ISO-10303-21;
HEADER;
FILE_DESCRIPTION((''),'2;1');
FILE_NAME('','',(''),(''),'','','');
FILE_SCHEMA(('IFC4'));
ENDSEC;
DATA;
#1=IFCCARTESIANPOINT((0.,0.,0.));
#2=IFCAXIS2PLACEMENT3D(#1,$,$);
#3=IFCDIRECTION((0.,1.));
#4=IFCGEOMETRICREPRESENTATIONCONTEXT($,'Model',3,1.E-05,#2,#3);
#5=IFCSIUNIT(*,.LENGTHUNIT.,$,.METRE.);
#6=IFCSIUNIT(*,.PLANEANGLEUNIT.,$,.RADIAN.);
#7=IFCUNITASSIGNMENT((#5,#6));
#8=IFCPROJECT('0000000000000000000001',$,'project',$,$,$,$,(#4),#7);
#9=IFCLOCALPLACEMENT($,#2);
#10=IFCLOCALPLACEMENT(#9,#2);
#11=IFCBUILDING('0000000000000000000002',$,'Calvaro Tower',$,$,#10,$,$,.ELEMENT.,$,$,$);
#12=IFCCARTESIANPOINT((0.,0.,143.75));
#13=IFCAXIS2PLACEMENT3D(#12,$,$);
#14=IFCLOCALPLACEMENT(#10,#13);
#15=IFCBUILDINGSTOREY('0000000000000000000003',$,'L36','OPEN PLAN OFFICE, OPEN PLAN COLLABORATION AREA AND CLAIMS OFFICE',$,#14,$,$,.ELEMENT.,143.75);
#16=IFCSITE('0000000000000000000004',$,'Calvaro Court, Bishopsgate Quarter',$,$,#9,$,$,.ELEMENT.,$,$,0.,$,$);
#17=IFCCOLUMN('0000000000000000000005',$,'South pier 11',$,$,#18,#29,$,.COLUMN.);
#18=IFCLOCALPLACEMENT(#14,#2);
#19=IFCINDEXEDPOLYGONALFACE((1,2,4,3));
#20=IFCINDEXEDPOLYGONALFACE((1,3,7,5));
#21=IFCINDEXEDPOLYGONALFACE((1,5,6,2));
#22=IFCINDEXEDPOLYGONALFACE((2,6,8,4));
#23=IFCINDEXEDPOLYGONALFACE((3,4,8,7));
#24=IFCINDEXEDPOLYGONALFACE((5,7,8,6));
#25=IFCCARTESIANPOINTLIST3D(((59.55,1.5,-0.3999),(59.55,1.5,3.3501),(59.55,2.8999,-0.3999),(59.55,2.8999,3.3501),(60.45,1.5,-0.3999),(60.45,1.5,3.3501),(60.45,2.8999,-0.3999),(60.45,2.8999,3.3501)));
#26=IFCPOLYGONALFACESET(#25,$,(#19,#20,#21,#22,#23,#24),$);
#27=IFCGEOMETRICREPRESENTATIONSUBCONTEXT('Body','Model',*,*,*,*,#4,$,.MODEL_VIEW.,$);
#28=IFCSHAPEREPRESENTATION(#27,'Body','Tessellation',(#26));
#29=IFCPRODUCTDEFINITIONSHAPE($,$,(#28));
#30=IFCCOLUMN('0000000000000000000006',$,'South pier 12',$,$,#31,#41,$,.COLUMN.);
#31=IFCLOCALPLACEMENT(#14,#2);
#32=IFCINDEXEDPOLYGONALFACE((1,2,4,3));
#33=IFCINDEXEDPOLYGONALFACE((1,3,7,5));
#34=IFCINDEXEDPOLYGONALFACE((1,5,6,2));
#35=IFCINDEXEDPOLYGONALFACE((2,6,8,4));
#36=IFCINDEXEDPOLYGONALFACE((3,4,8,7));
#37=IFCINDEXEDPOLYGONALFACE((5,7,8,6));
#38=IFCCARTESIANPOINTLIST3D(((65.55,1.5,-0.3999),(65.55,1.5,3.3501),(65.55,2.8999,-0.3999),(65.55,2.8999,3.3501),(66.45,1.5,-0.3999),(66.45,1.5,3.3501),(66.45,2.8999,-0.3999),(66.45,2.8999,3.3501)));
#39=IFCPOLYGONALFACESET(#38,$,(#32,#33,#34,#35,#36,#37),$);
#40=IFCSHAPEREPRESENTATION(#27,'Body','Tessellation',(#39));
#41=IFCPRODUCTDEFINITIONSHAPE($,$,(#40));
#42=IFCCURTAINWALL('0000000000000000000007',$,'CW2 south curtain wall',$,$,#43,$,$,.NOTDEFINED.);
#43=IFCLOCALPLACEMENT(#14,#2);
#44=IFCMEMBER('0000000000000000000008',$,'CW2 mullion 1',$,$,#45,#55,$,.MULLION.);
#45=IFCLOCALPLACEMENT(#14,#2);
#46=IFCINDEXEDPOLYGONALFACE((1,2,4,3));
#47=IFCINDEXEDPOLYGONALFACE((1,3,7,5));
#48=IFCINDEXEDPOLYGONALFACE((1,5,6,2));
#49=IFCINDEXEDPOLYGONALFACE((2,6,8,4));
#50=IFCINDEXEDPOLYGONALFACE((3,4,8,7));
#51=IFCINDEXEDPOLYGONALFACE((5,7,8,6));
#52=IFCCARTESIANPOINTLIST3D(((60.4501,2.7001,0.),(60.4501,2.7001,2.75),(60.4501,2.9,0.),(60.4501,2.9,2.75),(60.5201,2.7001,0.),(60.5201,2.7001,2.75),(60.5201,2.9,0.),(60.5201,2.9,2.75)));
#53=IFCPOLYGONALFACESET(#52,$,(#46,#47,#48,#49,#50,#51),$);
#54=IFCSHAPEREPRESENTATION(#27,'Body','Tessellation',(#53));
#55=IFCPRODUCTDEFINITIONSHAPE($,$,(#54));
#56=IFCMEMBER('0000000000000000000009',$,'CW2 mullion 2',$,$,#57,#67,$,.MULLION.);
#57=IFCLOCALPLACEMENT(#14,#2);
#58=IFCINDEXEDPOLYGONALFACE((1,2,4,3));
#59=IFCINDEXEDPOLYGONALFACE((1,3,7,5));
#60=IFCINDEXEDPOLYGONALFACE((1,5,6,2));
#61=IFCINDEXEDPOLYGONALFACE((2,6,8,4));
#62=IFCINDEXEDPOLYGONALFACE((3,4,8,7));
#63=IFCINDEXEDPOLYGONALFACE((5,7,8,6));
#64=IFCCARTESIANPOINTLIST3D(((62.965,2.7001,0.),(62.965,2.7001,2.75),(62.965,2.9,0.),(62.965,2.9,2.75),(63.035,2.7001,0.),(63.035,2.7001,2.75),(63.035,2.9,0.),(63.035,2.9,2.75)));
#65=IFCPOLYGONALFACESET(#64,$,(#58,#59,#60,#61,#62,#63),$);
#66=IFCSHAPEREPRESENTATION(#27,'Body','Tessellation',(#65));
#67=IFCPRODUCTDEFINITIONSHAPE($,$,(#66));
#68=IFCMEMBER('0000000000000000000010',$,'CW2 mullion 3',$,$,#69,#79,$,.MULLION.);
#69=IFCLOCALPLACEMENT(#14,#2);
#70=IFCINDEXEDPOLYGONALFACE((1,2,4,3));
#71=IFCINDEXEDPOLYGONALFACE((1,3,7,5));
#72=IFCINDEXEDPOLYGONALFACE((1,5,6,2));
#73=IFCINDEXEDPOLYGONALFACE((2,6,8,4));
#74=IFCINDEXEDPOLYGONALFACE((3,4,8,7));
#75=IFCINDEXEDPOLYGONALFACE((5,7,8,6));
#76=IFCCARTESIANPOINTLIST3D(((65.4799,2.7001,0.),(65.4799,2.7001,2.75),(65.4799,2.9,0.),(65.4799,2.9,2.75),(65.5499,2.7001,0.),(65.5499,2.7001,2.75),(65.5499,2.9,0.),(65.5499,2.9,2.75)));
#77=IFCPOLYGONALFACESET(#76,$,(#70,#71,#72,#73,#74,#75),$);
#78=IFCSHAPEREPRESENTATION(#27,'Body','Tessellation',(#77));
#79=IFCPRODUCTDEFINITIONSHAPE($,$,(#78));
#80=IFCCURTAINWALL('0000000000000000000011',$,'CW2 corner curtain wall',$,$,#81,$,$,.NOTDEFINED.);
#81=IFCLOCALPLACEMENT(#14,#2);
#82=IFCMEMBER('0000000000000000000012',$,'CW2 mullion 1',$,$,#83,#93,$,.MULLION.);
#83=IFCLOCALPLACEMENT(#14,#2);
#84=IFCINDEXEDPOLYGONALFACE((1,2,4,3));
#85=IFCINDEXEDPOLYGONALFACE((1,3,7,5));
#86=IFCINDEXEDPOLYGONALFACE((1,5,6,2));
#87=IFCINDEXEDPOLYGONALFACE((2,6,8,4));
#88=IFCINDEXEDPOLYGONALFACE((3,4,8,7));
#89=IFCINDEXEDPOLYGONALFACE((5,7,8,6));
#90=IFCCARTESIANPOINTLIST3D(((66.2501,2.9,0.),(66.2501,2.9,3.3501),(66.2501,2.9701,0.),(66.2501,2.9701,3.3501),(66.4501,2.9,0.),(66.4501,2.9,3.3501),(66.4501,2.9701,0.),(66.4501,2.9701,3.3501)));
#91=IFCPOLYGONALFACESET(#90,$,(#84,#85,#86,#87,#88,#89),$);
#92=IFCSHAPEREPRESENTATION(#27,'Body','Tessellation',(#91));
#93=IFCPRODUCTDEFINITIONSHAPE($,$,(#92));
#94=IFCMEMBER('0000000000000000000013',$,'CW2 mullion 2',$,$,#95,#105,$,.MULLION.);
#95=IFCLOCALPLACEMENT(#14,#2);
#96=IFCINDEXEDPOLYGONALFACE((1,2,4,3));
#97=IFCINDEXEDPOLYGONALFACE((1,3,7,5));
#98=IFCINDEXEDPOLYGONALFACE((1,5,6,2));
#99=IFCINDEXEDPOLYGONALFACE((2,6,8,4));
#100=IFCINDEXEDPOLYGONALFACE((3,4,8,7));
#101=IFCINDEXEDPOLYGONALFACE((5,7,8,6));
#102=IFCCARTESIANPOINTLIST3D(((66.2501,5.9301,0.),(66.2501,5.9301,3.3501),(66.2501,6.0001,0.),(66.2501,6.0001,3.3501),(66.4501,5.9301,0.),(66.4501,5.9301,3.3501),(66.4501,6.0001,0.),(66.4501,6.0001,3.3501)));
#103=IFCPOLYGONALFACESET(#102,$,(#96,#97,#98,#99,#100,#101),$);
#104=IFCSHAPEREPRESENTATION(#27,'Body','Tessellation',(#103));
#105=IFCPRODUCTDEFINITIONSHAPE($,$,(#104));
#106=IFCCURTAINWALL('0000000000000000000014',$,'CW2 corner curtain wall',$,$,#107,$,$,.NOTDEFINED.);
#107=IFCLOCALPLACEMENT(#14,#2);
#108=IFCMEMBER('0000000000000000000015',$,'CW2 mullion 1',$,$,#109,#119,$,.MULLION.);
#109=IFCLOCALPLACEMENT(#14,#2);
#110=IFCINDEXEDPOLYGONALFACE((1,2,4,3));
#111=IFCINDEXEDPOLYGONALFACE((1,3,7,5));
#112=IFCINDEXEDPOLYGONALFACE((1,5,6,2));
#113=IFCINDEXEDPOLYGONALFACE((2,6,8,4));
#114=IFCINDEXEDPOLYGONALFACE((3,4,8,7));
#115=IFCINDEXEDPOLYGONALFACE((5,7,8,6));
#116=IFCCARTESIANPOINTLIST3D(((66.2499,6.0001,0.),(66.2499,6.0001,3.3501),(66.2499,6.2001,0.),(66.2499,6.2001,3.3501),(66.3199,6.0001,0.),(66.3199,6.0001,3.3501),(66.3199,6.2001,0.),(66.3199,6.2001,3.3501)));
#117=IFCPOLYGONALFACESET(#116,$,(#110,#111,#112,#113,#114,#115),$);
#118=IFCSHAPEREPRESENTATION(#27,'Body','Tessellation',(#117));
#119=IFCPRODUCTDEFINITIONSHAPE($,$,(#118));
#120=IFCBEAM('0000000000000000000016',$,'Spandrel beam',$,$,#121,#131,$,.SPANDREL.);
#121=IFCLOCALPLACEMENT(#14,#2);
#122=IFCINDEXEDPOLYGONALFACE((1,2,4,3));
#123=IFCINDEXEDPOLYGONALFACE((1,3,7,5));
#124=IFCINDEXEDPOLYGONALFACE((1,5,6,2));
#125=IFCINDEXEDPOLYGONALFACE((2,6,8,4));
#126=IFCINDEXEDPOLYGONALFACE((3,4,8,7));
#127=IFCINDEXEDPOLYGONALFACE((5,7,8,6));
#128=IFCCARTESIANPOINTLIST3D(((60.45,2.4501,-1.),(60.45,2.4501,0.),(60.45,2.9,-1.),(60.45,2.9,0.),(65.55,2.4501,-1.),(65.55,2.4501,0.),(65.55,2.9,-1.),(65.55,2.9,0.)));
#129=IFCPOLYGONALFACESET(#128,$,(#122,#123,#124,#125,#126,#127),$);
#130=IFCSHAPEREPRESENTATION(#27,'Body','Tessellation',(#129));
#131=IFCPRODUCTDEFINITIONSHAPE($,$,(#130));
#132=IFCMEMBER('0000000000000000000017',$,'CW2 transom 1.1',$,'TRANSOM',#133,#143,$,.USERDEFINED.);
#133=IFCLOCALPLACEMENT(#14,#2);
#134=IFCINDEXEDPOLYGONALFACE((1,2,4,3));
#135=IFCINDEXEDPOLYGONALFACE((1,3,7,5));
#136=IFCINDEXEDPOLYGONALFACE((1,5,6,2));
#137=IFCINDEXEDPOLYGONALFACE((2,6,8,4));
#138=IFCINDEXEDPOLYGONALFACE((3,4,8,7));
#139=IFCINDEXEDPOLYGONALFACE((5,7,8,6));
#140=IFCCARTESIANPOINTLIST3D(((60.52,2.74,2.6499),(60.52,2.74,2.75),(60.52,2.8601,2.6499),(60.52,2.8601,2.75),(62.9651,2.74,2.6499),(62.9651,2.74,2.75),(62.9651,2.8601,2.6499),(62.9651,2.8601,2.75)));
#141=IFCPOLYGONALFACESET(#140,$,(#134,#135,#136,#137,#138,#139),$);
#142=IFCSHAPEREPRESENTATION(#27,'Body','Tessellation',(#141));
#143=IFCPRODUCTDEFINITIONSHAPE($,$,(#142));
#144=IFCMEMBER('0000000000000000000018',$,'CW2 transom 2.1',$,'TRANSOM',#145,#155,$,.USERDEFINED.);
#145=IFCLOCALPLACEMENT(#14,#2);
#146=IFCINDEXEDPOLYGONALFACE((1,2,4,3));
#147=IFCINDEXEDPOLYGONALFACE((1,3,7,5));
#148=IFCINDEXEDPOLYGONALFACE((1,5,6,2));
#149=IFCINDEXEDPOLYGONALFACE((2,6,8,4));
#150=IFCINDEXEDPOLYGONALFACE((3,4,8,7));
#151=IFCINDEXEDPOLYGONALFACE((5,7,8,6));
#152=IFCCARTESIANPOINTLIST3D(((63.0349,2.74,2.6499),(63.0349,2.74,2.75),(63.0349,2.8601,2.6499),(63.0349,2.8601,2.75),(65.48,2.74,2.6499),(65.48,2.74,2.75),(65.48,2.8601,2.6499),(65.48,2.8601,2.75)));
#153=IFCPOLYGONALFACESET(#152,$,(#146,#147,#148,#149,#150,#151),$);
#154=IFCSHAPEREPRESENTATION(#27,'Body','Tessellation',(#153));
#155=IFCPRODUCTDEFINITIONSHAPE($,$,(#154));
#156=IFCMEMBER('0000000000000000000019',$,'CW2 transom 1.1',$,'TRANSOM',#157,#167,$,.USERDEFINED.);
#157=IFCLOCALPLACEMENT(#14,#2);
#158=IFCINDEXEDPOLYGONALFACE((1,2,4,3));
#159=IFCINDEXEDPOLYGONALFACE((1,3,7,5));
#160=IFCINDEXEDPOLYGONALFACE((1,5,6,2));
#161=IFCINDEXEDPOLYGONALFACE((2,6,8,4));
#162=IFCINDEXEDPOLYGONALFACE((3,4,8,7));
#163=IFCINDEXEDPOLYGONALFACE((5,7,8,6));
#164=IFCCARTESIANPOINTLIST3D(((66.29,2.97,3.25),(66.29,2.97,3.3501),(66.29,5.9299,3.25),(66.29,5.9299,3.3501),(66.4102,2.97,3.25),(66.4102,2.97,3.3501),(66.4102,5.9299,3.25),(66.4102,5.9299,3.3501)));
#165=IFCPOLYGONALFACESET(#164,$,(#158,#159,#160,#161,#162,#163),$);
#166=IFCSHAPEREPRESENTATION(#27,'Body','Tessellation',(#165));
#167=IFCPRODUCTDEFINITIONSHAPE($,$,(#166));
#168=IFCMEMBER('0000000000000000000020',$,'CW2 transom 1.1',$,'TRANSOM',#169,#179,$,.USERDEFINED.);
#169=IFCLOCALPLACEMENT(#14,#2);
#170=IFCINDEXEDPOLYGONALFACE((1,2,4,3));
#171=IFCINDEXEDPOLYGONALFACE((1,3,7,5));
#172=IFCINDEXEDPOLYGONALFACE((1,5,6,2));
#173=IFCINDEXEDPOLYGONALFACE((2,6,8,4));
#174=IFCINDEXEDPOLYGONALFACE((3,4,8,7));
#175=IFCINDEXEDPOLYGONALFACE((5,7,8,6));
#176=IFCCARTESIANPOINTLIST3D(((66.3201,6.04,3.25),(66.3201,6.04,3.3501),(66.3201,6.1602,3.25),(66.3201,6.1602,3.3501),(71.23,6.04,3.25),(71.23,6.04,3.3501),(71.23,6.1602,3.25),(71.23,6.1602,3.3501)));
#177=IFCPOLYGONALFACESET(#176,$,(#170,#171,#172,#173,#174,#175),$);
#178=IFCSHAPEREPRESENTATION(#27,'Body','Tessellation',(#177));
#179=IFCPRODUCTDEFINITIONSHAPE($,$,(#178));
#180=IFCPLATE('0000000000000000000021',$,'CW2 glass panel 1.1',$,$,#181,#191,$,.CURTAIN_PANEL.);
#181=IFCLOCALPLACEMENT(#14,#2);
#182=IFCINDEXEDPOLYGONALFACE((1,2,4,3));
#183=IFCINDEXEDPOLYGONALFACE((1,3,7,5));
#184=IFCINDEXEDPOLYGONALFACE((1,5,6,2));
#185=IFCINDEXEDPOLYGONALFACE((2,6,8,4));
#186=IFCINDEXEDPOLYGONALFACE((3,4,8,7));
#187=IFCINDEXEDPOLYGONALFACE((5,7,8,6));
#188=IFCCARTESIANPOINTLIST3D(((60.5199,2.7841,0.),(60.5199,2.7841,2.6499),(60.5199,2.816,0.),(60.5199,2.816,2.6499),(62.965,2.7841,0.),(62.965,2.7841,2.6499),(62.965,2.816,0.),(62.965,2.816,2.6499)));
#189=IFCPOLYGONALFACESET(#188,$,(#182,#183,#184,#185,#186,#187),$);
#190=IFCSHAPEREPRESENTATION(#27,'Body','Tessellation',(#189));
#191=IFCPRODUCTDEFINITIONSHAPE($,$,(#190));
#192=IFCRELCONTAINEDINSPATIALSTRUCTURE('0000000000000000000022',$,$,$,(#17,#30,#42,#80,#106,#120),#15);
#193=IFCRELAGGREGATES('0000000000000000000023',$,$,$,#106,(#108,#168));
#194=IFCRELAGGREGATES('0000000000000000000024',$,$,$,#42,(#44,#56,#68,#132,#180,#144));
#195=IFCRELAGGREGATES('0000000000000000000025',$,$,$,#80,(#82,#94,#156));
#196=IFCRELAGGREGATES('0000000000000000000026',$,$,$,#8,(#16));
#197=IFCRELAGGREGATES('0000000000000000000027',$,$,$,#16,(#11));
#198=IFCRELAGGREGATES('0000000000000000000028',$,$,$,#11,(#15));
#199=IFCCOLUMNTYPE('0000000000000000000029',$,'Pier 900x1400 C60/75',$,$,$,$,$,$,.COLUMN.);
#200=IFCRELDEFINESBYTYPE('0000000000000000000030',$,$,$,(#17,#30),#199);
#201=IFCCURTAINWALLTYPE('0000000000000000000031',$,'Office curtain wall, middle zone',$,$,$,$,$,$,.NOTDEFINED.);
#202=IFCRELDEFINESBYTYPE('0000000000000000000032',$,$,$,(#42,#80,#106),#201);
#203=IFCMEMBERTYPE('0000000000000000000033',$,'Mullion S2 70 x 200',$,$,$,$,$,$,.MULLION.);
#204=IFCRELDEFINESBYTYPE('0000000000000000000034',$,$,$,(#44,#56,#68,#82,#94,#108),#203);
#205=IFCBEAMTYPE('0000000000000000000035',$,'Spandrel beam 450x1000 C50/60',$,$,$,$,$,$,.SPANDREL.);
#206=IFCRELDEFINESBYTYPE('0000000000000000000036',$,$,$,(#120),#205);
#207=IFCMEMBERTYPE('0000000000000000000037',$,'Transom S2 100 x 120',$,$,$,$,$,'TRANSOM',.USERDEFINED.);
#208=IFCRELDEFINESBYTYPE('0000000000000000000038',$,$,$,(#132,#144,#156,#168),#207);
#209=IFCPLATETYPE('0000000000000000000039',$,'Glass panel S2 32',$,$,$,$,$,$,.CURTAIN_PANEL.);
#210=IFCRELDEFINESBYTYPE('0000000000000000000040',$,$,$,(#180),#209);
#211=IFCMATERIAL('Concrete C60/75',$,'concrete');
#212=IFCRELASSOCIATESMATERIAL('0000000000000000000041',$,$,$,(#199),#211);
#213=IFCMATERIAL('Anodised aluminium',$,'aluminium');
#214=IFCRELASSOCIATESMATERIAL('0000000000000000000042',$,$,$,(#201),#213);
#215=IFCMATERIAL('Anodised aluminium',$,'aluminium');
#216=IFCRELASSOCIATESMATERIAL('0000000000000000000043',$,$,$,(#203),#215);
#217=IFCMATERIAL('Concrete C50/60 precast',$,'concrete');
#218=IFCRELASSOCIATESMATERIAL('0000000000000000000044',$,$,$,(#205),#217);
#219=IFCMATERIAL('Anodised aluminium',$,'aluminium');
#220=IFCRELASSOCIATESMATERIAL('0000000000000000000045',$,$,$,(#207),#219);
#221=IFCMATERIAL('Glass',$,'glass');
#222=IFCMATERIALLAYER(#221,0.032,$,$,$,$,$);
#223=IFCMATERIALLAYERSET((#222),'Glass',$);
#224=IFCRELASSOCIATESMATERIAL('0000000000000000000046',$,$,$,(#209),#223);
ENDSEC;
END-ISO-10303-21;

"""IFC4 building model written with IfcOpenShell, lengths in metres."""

from ifc_helpers import new_model, si_unit, direction, frame, origin, origin_2d, place, context, subcontext, project, spatial, rectangle, extrude, material, layer, layer_set, material_profile, profile_set, type_object, element, aggregate, save


model = new_model("IFC4")

# Units and contexts
model_context = context("Model", 3, precision=1e-05, world=origin(), true_north=direction((0.0, 1.0)))
body_context = subcontext(model_context, "Body", "Model", "MODEL_VIEW")
ifc_project = project(units=[si_unit("LENGTHUNIT", "METRE"), si_unit("PLANEANGLEUNIT", "RADIAN")], contexts=[model_context])

# Site, building, storey
site_placement = place(None, origin())
site = spatial("IfcSite", under=ifc_project, at=site_placement, Name="Calvaro Court, Bishopsgate Quarter", CompositionType="ELEMENT", RefElevation=0.0)
building_placement = place(site_placement, origin())
building = spatial("IfcBuilding", under=site, at=building_placement, Name="Calvaro Tower", CompositionType="ELEMENT")
storey_placement = place(building_placement, frame((0.0, 0.0, 143.75)))
storey = spatial("IfcBuildingStorey", under=building, at=storey_placement, Name="L36", Description="OPEN PLAN OFFICE, OPEN PLAN COLLABORATION AREA AND CLAIMS OFFICE", CompositionType="ELEMENT", Elevation=143.75)

# Columns
ifc_material_1 = material(Name="Concrete C60/75", Category="concrete")
ifc_material_profile_1 = material_profile(ifc_material_1, rectangle(XDim=0.8999, YDim=1.3999, at=origin_2d()), Name="RC 900x1400")
ifc_profile_set_1 = profile_set([ifc_material_profile_1], Name="Concrete C60/75")
column_type = type_object("IfcColumnType", Name="Pier 900x1400 C60/75", PredefinedType="COLUMN", material=ifc_profile_set_1)
for number, where, z_axis, x_axis, name in (
    (1, (60.0, 2.2, -0.3999), (0.0, 0.0, 1.0), (1.0, 0.0, 0.0), "South pier 11"),
    (2, (66.0, 2.2, -0.3999), (0.0, 0.0, 1.0), (1.0, 0.0, 0.0), "South pier 12"),
):
    element("IfcColumn", number, at=place(storey_placement, frame(where, z_axis=z_axis, x_axis=x_axis)), inside=storey, type_object=column_type, Name=name, PredefinedType="COLUMN", context=body_context, shape_type="SweptSolid", body=[
        extrude(rectangle(XDim=0.8999, YDim=1.3999, at=origin_2d()), origin(), (0.0, 0.0, 1.0), 3.75),
    ])

# Curtain walls, members
ifc_material_2 = material(Name="Anodised aluminium", Category="aluminium")
curtain_wall_type = type_object("IfcCurtainWallType", Name="Office curtain wall, middle zone", PredefinedType="NOTDEFINED", material=ifc_material_2)
curtain_wall_1_placement = place(storey_placement, origin())
curtain_wall_1 = element("IfcCurtainWall", 3, at=curtain_wall_1_placement, inside=storey, type_object=curtain_wall_type, Name="CW2 south curtain wall", PredefinedType="NOTDEFINED")
ifc_material_3 = material(Name="Anodised aluminium", Category="aluminium")
ifc_material_profile_2 = material_profile(ifc_material_3, rectangle(XDim=0.2, YDim=0.0701, at=origin_2d()), Name="Mullion S2 70 x 200")
ifc_profile_set_2 = profile_set([ifc_material_profile_2], Name="Anodised aluminium")
member_type_1 = type_object("IfcMemberType", Name="Mullion S2 70 x 200", PredefinedType="MULLION", material=ifc_profile_set_2)
member_1_placement = place(storey_placement, frame((60.4851, 2.8, 0.0), z_axis=(0.0, 0.0, 1.0), x_axis=(0.0, 1.0, 0.0)))
member_1 = element("IfcMember", 4, at=member_1_placement, type_object=member_type_1, Name="CW2 mullion 1", PredefinedType="MULLION", context=body_context, shape_type="SweptSolid", body=[
    extrude(rectangle(XDim=0.2, YDim=0.0701, at=origin_2d()), origin(), (0.0, 0.0, 1.0), 2.75),
])
member_2_placement = place(storey_placement, frame((63.0, 2.8, 0.0), z_axis=(0.0, 0.0, 1.0), x_axis=(0.0, 1.0, 0.0)))
member_2 = element("IfcMember", 5, at=member_2_placement, type_object=member_type_1, Name="CW2 mullion 2", PredefinedType="MULLION", context=body_context, shape_type="SweptSolid", body=[
    extrude(rectangle(XDim=0.2, YDim=0.0701, at=origin_2d()), origin(), (0.0, 0.0, 1.0), 2.75),
])
member_3_placement = place(storey_placement, frame((65.5149, 2.8, 0.0), z_axis=(0.0, 0.0, 1.0), x_axis=(0.0, 1.0, 0.0)))
member_3 = element("IfcMember", 6, at=member_3_placement, type_object=member_type_1, Name="CW2 mullion 3", PredefinedType="MULLION", context=body_context, shape_type="SweptSolid", body=[
    extrude(rectangle(XDim=0.2, YDim=0.0701, at=origin_2d()), origin(), (0.0, 0.0, 1.0), 2.75),
])
curtain_wall_2_placement = place(storey_placement, origin())
curtain_wall_2 = element("IfcCurtainWall", 7, at=curtain_wall_2_placement, inside=storey, type_object=curtain_wall_type, Name="CW2 corner curtain wall", PredefinedType="NOTDEFINED")
member_4_placement = place(storey_placement, frame((66.3501, 2.9351, 0.0), z_axis=(0.0, 0.0, 1.0), x_axis=(-1.0, 0.0, 0.0)))
member_4 = element("IfcMember", 8, at=member_4_placement, type_object=member_type_1, Name="CW2 mullion 1", PredefinedType="MULLION", context=body_context, shape_type="SweptSolid", body=[
    extrude(rectangle(XDim=0.2, YDim=0.0701, at=origin_2d()), origin(), (0.0, 0.0, 1.0), 3.3501),
])
member_5_placement = place(storey_placement, frame((66.3501, 5.9651, 0.0), z_axis=(0.0, 0.0, 1.0), x_axis=(-1.0, 0.0, 0.0)))
member_5 = element("IfcMember", 9, at=member_5_placement, type_object=member_type_1, Name="CW2 mullion 2", PredefinedType="MULLION", context=body_context, shape_type="SweptSolid", body=[
    extrude(rectangle(XDim=0.2, YDim=0.0701, at=origin_2d()), origin(), (0.0, 0.0, 1.0), 3.3501),
])

# Curtain wall, member
curtain_wall_3_placement = place(storey_placement, origin())
curtain_wall_3 = element("IfcCurtainWall", 10, at=curtain_wall_3_placement, inside=storey, type_object=curtain_wall_type, Name="CW2 corner curtain wall", PredefinedType="NOTDEFINED")
member_6_placement = place(storey_placement, frame((66.2849, 6.1001, 0.0), z_axis=(0.0, 0.0, 1.0), x_axis=(0.0, 1.0, 0.0)))
member_6 = element("IfcMember", 11, at=member_6_placement, type_object=member_type_1, Name="CW2 mullion 1", PredefinedType="MULLION", context=body_context, shape_type="SweptSolid", body=[
    extrude(rectangle(XDim=0.2, YDim=0.0701, at=origin_2d()), origin(), (0.0, 0.0, 1.0), 3.3501),
])

# Beam
ifc_material_4 = material(Name="Concrete C50/60 precast", Category="concrete")
ifc_material_profile_3 = material_profile(ifc_material_4, rectangle(XDim=0.45, YDim=1.0, at=origin_2d()), Name="RC 450x1000")
ifc_profile_set_3 = profile_set([ifc_material_profile_3], Name="Concrete C50/60 precast")
beam_type = type_object("IfcBeamType", Name="Spandrel beam 450x1000 C50/60", PredefinedType="SPANDREL", material=ifc_profile_set_3)
beam_placement = place(storey_placement, frame((60.45, 2.675, -0.5), z_axis=(1.0, 0.0, 0.0), x_axis=(0.0, 1.0, 0.0)))
element("IfcBeam", 12, at=beam_placement, inside=storey, type_object=beam_type, Name="Spandrel beam", PredefinedType="SPANDREL", context=body_context, shape_type="SweptSolid", body=[
    extrude(rectangle(XDim=0.45, YDim=1.0, at=origin_2d()), origin(), (0.0, 0.0, 1.0), 5.1001),
])

# Members
ifc_material_5 = material(Name="Anodised aluminium", Category="aluminium")
ifc_material_profile_4 = material_profile(ifc_material_5, rectangle(XDim=0.1201, YDim=0.1001, at=origin_2d()), Name="Transom S2 100 x 120")
ifc_profile_set_4 = profile_set([ifc_material_profile_4], Name="Anodised aluminium")
member_type_2 = type_object("IfcMemberType", Name="Transom S2 100 x 120", ElementType="TRANSOM", PredefinedType="USERDEFINED", material=ifc_profile_set_4)
member_7_placement = place(storey_placement, frame((60.52, 2.8, 2.7), z_axis=(1.0, 0.0, 0.0), x_axis=(0.0, 1.0, 0.0)))
member_7 = element("IfcMember", 13, at=member_7_placement, type_object=member_type_2, Name="CW2 transom 1.1", ObjectType="TRANSOM", PredefinedType="USERDEFINED", context=body_context, shape_type="SweptSolid", body=[
    extrude(rectangle(XDim=0.1201, YDim=0.1001, at=origin_2d()), origin(), (0.0, 0.0, 1.0), 2.4451),
])
member_8_placement = place(storey_placement, frame((63.0349, 2.8, 2.7), z_axis=(1.0, 0.0, 0.0), x_axis=(0.0, 1.0, 0.0)))
member_8 = element("IfcMember", 14, at=member_8_placement, type_object=member_type_2, Name="CW2 transom 2.1", ObjectType="TRANSOM", PredefinedType="USERDEFINED", context=body_context, shape_type="SweptSolid", body=[
    extrude(rectangle(XDim=0.1201, YDim=0.1001, at=origin_2d()), origin(), (0.0, 0.0, 1.0), 2.4451),
])
member_9_placement = place(storey_placement, frame((66.3501, 2.97, 3.3), z_axis=(0.0, 1.0, 0.0), x_axis=(-1.0, 0.0, 0.0)))
member_9 = element("IfcMember", 15, at=member_9_placement, type_object=member_type_2, Name="CW2 transom 1.1", ObjectType="TRANSOM", PredefinedType="USERDEFINED", context=body_context, shape_type="SweptSolid", body=[
    extrude(rectangle(XDim=0.1201, YDim=0.1001, at=origin_2d()), origin(), (0.0, 0.0, 1.0), 2.96),
])
member_10_placement = place(storey_placement, frame((66.3201, 6.1001, 3.3), z_axis=(1.0, 0.0, 0.0), x_axis=(0.0, 1.0, 0.0)))
member_10 = element("IfcMember", 16, at=member_10_placement, type_object=member_type_2, Name="CW2 transom 1.1", ObjectType="TRANSOM", PredefinedType="USERDEFINED", context=body_context, shape_type="SweptSolid", body=[
    extrude(rectangle(XDim=0.1201, YDim=0.1001, at=origin_2d()), origin(), (0.0, 0.0, 1.0), 4.9099),
])
aggregate(curtain_wall_3, [member_6, member_10])

# Plate
ifc_material_6 = material(Name="Glass", Category="glass")
ifc_layer_1 = layer(ifc_material_6, 0.032)
ifc_layer_set_1 = layer_set([ifc_layer_1], Name="Glass")
plate_type = type_object("IfcPlateType", Name="Glass panel S2 32", PredefinedType="CURTAIN_PANEL", material=ifc_layer_set_1)
plate_1_placement = place(storey_placement, frame((61.7424, 2.8, 0.0), z_axis=(0.0, 0.0, 1.0), x_axis=(1.0, 0.0, 0.0)))
plate_1 = element("IfcPlate", 17, at=plate_1_placement, type_object=plate_type, Name="CW2 glass panel 1.1", PredefinedType="CURTAIN_PANEL", context=body_context, shape_type="SweptSolid", body=[
    extrude(rectangle(XDim=2.4451, YDim=0.032, at=origin_2d()), origin(), (0.0, 0.0, 1.0), 2.6499),
])
aggregate(curtain_wall_1, [member_1, member_2, member_3, member_7, plate_1, member_8])
aggregate(curtain_wall_2, [member_4, member_5, member_9])

save(model, "model.ifc")
